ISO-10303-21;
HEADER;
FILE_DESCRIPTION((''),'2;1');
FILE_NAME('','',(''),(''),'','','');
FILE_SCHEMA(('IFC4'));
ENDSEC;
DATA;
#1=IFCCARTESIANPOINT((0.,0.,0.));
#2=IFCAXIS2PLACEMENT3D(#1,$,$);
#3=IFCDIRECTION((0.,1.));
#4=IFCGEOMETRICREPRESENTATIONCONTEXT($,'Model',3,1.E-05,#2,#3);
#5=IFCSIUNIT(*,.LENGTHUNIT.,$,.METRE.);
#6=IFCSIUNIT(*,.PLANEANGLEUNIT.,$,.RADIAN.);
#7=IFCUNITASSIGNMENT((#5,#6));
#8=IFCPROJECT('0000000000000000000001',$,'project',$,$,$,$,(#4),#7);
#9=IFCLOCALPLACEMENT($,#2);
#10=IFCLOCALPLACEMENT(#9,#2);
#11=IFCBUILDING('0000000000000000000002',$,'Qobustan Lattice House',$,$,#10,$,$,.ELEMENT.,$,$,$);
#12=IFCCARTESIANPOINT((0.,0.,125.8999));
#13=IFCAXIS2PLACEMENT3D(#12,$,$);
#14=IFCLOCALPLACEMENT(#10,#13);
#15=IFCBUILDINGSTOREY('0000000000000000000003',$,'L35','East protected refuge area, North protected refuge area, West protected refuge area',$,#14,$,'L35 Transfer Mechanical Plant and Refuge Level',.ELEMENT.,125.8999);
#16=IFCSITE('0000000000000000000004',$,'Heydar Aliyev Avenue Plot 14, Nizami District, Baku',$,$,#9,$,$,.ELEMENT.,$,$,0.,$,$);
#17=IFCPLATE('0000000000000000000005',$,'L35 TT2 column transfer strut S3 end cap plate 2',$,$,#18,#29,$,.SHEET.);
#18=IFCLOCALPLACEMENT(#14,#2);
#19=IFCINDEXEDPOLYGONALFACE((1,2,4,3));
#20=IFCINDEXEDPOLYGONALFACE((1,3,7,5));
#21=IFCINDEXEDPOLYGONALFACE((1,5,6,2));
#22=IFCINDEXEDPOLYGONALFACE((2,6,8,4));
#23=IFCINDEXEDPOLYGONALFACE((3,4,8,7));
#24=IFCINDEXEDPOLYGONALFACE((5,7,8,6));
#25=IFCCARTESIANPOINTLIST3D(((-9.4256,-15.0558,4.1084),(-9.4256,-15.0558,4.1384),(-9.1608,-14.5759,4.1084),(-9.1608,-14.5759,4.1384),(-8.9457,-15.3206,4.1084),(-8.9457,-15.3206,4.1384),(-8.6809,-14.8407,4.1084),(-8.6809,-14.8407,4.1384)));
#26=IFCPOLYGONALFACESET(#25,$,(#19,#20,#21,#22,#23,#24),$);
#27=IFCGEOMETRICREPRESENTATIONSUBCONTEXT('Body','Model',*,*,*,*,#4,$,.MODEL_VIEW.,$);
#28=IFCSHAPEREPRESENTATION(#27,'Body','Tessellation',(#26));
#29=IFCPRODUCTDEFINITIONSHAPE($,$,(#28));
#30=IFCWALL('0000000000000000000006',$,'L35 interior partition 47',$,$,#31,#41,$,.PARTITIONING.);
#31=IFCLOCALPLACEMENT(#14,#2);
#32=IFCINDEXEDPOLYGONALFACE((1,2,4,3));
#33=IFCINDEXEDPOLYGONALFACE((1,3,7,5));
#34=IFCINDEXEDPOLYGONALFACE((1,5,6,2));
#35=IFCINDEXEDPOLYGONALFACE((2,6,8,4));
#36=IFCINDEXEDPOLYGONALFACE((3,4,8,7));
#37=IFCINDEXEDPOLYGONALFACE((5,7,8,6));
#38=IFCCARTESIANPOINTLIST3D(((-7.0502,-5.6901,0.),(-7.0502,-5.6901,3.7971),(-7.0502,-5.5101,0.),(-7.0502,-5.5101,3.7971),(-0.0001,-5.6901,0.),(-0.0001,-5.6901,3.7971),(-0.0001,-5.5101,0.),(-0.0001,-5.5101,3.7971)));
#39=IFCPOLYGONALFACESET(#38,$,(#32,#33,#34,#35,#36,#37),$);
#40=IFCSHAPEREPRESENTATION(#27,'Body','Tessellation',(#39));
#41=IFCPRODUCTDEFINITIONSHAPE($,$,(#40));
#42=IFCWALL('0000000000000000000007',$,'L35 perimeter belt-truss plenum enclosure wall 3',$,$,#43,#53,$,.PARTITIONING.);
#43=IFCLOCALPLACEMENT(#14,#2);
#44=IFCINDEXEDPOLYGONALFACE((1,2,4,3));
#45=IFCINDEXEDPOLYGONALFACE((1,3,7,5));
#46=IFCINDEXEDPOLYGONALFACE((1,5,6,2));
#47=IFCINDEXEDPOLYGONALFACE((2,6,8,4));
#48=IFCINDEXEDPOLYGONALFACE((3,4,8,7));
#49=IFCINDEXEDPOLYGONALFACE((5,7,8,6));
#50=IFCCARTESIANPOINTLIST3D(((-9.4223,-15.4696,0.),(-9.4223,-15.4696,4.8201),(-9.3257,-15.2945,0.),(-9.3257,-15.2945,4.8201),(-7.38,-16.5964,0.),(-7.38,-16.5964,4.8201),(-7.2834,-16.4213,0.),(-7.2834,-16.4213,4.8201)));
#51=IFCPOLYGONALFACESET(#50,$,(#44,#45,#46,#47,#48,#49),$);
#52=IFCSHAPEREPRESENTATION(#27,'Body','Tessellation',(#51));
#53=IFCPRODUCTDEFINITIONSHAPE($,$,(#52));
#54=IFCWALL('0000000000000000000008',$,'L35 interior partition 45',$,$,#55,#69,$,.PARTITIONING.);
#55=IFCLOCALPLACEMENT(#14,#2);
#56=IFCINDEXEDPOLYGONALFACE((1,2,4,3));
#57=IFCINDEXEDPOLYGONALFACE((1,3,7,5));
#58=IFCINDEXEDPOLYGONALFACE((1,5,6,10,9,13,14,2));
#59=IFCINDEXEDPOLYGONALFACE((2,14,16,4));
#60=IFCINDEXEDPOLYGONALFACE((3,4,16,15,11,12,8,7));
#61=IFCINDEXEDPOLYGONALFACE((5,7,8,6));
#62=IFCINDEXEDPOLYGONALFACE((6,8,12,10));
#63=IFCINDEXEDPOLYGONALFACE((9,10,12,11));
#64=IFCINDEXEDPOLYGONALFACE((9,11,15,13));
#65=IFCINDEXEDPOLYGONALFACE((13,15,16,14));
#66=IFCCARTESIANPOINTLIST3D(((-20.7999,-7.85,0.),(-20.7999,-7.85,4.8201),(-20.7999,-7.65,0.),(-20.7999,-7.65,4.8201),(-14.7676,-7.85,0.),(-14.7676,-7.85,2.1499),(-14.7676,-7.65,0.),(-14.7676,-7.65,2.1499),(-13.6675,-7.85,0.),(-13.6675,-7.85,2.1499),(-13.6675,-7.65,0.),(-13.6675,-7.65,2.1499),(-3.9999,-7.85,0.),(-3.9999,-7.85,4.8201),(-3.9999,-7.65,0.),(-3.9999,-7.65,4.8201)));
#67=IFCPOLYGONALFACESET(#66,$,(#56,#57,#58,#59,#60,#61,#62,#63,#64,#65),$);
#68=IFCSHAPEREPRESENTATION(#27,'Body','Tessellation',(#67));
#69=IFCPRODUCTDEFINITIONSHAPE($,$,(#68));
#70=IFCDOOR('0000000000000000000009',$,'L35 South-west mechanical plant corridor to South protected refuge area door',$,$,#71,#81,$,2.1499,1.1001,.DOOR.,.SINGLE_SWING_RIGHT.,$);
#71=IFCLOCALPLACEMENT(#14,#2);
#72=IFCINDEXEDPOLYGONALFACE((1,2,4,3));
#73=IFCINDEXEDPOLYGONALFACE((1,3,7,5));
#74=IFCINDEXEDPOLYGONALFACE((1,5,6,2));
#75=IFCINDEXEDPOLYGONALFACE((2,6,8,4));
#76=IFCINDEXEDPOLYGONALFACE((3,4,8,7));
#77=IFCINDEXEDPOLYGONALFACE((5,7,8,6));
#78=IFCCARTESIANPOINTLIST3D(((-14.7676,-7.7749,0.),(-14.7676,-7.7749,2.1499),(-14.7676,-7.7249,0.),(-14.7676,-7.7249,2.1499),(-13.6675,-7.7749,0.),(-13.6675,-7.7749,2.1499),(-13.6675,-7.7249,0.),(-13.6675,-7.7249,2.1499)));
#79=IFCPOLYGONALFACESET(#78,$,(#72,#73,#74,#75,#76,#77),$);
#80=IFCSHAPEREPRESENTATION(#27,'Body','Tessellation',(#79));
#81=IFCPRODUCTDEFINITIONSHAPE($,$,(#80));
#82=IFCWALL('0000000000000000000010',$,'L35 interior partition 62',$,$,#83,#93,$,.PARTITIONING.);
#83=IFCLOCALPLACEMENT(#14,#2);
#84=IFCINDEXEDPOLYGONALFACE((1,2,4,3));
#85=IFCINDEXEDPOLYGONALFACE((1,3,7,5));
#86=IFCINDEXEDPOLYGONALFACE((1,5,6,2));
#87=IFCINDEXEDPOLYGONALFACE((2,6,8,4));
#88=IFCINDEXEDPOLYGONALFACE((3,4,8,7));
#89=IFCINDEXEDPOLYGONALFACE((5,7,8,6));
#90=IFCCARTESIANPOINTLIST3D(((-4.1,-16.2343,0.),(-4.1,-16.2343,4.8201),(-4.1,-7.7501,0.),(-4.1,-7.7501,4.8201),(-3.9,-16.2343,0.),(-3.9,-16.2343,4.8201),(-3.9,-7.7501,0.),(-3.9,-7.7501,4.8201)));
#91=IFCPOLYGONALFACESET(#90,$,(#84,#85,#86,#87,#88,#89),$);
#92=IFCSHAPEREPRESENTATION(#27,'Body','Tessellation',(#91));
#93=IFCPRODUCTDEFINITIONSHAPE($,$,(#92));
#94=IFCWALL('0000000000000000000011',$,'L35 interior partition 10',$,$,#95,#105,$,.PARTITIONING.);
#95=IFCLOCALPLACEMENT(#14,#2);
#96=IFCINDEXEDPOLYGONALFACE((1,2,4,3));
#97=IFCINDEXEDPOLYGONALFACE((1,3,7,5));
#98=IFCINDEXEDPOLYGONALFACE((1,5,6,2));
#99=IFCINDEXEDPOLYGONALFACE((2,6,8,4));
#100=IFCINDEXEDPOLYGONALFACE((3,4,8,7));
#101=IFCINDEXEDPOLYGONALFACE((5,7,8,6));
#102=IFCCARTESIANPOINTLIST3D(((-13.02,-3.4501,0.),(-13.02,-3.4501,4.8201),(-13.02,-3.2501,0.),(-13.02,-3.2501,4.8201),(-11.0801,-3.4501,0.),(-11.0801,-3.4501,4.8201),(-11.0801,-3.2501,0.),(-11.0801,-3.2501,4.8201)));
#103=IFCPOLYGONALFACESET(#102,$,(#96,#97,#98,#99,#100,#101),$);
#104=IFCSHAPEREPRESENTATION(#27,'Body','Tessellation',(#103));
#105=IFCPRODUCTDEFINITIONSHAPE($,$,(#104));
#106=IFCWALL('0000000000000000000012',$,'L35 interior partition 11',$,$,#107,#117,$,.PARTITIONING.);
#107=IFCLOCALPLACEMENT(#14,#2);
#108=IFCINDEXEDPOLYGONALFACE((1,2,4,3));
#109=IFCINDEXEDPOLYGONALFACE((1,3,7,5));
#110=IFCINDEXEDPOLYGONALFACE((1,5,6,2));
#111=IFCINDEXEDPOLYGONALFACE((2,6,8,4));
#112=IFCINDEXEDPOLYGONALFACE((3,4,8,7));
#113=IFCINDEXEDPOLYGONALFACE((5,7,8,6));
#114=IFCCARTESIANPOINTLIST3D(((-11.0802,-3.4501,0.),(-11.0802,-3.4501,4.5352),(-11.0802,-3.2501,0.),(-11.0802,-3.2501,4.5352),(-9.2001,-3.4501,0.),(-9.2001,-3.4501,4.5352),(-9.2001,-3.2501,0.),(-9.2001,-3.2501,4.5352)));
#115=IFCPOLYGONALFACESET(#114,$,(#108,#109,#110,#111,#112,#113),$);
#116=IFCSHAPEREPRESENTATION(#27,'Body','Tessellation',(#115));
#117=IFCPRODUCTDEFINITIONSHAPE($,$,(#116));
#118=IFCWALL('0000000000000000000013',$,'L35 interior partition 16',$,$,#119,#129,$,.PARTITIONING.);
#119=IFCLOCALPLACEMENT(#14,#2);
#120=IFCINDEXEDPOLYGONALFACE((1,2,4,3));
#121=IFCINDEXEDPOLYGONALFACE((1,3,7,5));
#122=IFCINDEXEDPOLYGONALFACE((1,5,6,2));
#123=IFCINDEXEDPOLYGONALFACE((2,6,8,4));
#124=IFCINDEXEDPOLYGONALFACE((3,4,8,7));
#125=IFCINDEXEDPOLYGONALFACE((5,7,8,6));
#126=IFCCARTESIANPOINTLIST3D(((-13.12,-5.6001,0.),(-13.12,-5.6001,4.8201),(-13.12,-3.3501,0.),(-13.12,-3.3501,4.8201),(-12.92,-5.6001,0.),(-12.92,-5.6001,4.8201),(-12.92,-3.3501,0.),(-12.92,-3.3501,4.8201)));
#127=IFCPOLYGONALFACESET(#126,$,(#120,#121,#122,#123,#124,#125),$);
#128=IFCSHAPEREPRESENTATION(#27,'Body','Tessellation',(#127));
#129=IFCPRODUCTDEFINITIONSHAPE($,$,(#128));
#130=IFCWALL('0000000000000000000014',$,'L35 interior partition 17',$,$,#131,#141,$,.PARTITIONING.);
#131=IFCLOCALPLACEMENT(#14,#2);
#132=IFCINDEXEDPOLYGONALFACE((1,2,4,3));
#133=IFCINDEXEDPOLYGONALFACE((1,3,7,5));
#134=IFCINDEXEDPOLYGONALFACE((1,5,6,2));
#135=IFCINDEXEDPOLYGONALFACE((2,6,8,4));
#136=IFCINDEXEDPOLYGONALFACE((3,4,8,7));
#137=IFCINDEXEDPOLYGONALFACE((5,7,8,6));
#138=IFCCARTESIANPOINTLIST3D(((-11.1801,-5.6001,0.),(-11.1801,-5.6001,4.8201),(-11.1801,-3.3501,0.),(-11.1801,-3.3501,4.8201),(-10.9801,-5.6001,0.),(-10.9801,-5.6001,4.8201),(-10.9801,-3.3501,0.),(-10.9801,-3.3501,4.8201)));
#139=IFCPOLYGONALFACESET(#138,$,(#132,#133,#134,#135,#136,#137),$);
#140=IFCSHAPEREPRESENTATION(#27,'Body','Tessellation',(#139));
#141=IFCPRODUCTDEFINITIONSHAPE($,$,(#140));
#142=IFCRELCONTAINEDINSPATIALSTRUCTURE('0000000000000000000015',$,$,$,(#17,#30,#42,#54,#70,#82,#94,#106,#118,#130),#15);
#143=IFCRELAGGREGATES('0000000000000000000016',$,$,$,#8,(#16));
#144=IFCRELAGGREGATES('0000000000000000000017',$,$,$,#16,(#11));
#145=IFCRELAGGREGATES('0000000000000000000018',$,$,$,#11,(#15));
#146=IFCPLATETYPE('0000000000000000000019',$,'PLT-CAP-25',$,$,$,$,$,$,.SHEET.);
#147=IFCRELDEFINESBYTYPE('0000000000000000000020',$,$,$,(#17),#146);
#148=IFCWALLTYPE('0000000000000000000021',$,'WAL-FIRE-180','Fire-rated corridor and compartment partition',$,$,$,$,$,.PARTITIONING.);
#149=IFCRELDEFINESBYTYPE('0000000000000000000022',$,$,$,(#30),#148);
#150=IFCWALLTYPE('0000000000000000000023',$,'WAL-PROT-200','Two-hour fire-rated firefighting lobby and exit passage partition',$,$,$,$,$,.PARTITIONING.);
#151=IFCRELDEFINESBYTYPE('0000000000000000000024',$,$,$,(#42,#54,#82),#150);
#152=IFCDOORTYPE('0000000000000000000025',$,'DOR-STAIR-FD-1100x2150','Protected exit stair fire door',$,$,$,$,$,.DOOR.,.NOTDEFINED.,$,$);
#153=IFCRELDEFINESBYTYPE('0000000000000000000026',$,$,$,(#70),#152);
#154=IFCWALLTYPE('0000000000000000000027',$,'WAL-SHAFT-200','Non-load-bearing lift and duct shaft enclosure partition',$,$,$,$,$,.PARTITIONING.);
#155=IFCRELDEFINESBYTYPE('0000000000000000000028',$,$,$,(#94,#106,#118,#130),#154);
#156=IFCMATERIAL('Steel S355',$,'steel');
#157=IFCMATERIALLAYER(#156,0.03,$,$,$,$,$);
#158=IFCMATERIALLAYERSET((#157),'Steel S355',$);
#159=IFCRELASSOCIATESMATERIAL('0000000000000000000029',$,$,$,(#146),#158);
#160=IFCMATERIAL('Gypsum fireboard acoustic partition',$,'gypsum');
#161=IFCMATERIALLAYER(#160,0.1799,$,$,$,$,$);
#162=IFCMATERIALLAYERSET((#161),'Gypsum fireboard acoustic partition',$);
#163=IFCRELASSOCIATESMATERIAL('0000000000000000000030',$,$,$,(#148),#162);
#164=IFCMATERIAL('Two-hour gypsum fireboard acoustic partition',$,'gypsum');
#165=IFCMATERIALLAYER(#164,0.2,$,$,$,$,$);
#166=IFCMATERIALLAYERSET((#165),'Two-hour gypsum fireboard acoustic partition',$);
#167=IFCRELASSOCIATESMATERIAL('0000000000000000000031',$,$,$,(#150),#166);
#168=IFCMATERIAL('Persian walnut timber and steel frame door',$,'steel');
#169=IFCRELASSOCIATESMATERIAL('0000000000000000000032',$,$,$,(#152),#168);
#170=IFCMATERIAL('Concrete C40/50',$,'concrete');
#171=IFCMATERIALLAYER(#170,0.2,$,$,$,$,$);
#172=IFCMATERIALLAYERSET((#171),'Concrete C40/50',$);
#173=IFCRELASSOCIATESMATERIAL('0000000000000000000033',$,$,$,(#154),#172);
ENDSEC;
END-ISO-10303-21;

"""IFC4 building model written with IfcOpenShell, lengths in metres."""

from ifc_helpers import new_model, si_unit, direction, frame, frame_2d, origin, origin_2d, place, context, subcontext, project, spatial, rectangle, extrude, material, layer, layer_set, type_object, element, fill, save


model = new_model("IFC4")

# Units and contexts
model_context = context("Model", 3, precision=1e-05, world=origin(), true_north=direction((0.0, 1.0)))
body_context = subcontext(model_context, "Body", "Model", "MODEL_VIEW")
ifc_project = project(units=[si_unit("LENGTHUNIT", "METRE"), si_unit("PLANEANGLEUNIT", "RADIAN")], contexts=[model_context])

# Site, building, storey
site_placement = place(None, origin())
site = spatial("IfcSite", under=ifc_project, at=site_placement, Name="Heydar Aliyev Avenue Plot 14, Nizami District, Baku", CompositionType="ELEMENT", RefElevation=0.0)
building_placement = place(site_placement, origin())
building = spatial("IfcBuilding", under=site, at=building_placement, Name="Qobustan Lattice House", CompositionType="ELEMENT")
storey_placement = place(building_placement, frame((0.0, 0.0, 125.8999)))
storey = spatial("IfcBuildingStorey", under=building, at=storey_placement, Name="L35", Description="East protected refuge area, North protected refuge area, West protected refuge area", LongName="L35 Transfer Mechanical Plant and Refuge Level", CompositionType="ELEMENT", Elevation=125.8999)

# Plate
ifc_material_1 = material(Name="Steel S355", Category="steel")
ifc_layer_1 = layer(ifc_material_1, 0.03)
ifc_layer_set_1 = layer_set([ifc_layer_1], Name="Steel S355")
plate_type = type_object("IfcPlateType", Name="PLT-CAP-25", PredefinedType="SHEET", material=ifc_layer_set_1)
plate_placement = place(storey_placement, frame((-9.0532, -14.9482, 4.1084), z_axis=(0.0, 0.0, 1.0), x_axis=(-0.875574, 0.483084, 0.0)))
element("IfcPlate", 1, at=plate_placement, inside=storey, type_object=plate_type, Name="L35 TT2 column transfer strut S3 end cap plate 2", PredefinedType="SHEET", context=body_context, shape_type="SweptSolid", body=[
    extrude(rectangle(XDim=0.5481, YDim=0.5481, at=origin_2d()), origin(), (0.0, 0.0, 1.0), 0.03),
])

# Walls
ifc_material_2 = material(Name="Gypsum fireboard acoustic partition", Category="gypsum")
ifc_layer_2 = layer(ifc_material_2, 0.1799)
ifc_layer_set_2 = layer_set([ifc_layer_2], Name="Gypsum fireboard acoustic partition")
wall_type_1 = type_object("IfcWallType", Name="WAL-FIRE-180", Description="Fire-rated corridor and compartment partition", PredefinedType="PARTITIONING", material=ifc_layer_set_2)
wall_1_placement = place(storey_placement, frame((-7.05, -5.6001, 0.0), z_axis=(0.0, 0.0, 1.0), x_axis=(1.0, 0.0, 0.0)))
element("IfcWall", 2, at=wall_1_placement, inside=storey, type_object=wall_type_1, Name="L35 interior partition 47", PredefinedType="PARTITIONING", context=body_context, shape_type="SweptSolid", body=[
    extrude(rectangle(XDim=7.05, YDim=0.1799, at=frame_2d((3.5249, 0.0))), origin(), (0.0, 0.0, 1.0), 3.7971),
])
ifc_material_3 = material(Name="Two-hour gypsum fireboard acoustic partition", Category="gypsum")
ifc_layer_3 = layer(ifc_material_3, 0.2)
ifc_layer_set_3 = layer_set([ifc_layer_3], Name="Two-hour gypsum fireboard acoustic partition")
wall_type_2 = type_object("IfcWallType", Name="WAL-PROT-200", Description="Two-hour fire-rated firefighting lobby and exit passage partition", PredefinedType="PARTITIONING", material=ifc_layer_set_3)
wall_2_placement = place(storey_placement, frame((-9.374, -15.3821, 0.0), z_axis=(0.0, 0.0, 1.0), x_axis=(0.875585, -0.483064, 0.0)))
element("IfcWall", 3, at=wall_2_placement, inside=storey, type_object=wall_type_2, Name="L35 perimeter belt-truss plenum enclosure wall 3", PredefinedType="PARTITIONING", context=body_context, shape_type="SweptSolid", body=[
    extrude(rectangle(XDim=2.3325, YDim=0.2, at=frame_2d((1.1663, 0.0))), origin(), (0.0, 0.0, 1.0), 4.8201),
])

# Wall, opening, door
wall_3_placement = place(storey_placement, frame((-4.0, -7.75, 0.0), z_axis=(0.0, 0.0, 1.0), x_axis=(-1.0, 0.0, 0.0)))
wall_3 = element("IfcWall", 4, at=wall_3_placement, inside=storey, type_object=wall_type_2, Name="L35 interior partition 45", PredefinedType="PARTITIONING", context=body_context, shape_type="SweptSolid", body=[
    extrude(rectangle(XDim=16.8, YDim=0.2, at=frame_2d((8.3999, 0.0))), origin(), (0.0, 0.0, 1.0), 4.8201),
])
opening_1_placement = place(wall_3_placement, frame((9.6675, 0.0, 0.0)))
opening_1 = element("IfcOpeningElement", 5, at=opening_1_placement, cuts=wall_3, PredefinedType="OPENING", context=body_context, shape_type="SweptSolid", body=[
    extrude(rectangle(XDim=1.1001, YDim=2.1499, at=frame_2d((0.55, 1.075))), frame((0.0, 0.1099, 0.0), z_axis=(0.0, -1.0, 0.0), x_axis=(1.0, 0.0, 0.0)), (0.0, 0.0, 1.0), 0.22),
])
ifc_material_4 = material(Name="Persian walnut timber and steel frame door", Category="steel")
door_type_1 = type_object("IfcDoorType", Name="DOR-STAIR-FD-1100x2150", Description="Protected exit stair fire door", OperationType="NOTDEFINED", PredefinedType="DOOR", material=ifc_material_4)
door_1_placement = place(opening_1_placement, origin())
door_1 = element("IfcDoor", 6, at=door_1_placement, inside=storey, type_object=door_type_1, Name="L35 South-west mechanical plant corridor to South protected refuge area door", OperationType="SINGLE_SWING_RIGHT", OverallHeight=2.1499, OverallWidth=1.1001, PredefinedType="DOOR", context=body_context, shape_type="SweptSolid", body=[
    extrude(rectangle(XDim=1.1001, YDim=2.1499, at=frame_2d((0.55, 1.075))), frame((0.0, 0.0249, 0.0), z_axis=(0.0, -1.0, 0.0), x_axis=(1.0, 0.0, 0.0)), (0.0, 0.0, 1.0), 0.05),
])
fill(opening_1, door_1)

# Walls
wall_4_placement = place(storey_placement, frame((-4.0, -7.75, 0.0), z_axis=(0.0, 0.0, 1.0), x_axis=(0.0, -1.0, 0.0)))
element("IfcWall", 7, at=wall_4_placement, inside=storey, type_object=wall_type_2, Name="L35 interior partition 62", PredefinedType="PARTITIONING", context=body_context, shape_type="SweptSolid", body=[
    extrude(rectangle(XDim=8.4841, YDim=0.2, at=frame_2d((4.2422, 0.0))), origin(), (0.0, 0.0, 1.0), 4.8201),
])
ifc_material_5 = material(Name="Concrete C40/50", Category="concrete")
ifc_layer_4 = layer(ifc_material_5, 0.2)
ifc_layer_set_4 = layer_set([ifc_layer_4], Name="Concrete C40/50")
wall_type_3 = type_object("IfcWallType", Name="WAL-SHAFT-200", Description="Non-load-bearing lift and duct shaft enclosure partition", PredefinedType="PARTITIONING", material=ifc_layer_set_4)
wall_5_placement = place(storey_placement, frame((-13.02, -3.3501, 0.0), z_axis=(0.0, 0.0, 1.0), x_axis=(1.0, 0.0, 0.0)))
element("IfcWall", 8, at=wall_5_placement, inside=storey, type_object=wall_type_3, Name="L35 interior partition 10", PredefinedType="PARTITIONING", context=body_context, shape_type="SweptSolid", body=[
    extrude(rectangle(XDim=1.9399, YDim=0.2, at=frame_2d((0.97, 0.0))), origin(), (0.0, 0.0, 1.0), 4.8201),
])
wall_6_placement = place(storey_placement, frame((-11.0801, -3.3501, 0.0), z_axis=(0.0, 0.0, 1.0), x_axis=(1.0, 0.0, 0.0)))
element("IfcWall", 9, at=wall_6_placement, inside=storey, type_object=wall_type_3, Name="L35 interior partition 11", PredefinedType="PARTITIONING", context=body_context, shape_type="SweptSolid", body=[
    extrude(rectangle(XDim=1.8801, YDim=0.2, at=frame_2d((0.9399, 0.0))), origin(), (0.0, 0.0, 1.0), 4.5352),
])
for number, where, z_axis, x_axis, name in (
    (10, (-13.02, -5.6001, 0.0), (0.0, 0.0, 1.0), (0.0, 1.0, 0.0), "L35 interior partition 16"),
    (11, (-11.0801, -5.6001, 0.0), (0.0, 0.0, 1.0), (0.0, 1.0, 0.0), "L35 interior partition 17"),
):
    element("IfcWall", number, at=place(storey_placement, frame(where, z_axis=z_axis, x_axis=x_axis)), inside=storey, type_object=wall_type_3, Name=name, PredefinedType="PARTITIONING", context=body_context, shape_type="SweptSolid", body=[
        extrude(rectangle(XDim=2.25, YDim=0.2, at=frame_2d((1.125, 0.0))), origin(), (0.0, 0.0, 1.0), 4.8201),
    ])

save(model, "model.ifc")
